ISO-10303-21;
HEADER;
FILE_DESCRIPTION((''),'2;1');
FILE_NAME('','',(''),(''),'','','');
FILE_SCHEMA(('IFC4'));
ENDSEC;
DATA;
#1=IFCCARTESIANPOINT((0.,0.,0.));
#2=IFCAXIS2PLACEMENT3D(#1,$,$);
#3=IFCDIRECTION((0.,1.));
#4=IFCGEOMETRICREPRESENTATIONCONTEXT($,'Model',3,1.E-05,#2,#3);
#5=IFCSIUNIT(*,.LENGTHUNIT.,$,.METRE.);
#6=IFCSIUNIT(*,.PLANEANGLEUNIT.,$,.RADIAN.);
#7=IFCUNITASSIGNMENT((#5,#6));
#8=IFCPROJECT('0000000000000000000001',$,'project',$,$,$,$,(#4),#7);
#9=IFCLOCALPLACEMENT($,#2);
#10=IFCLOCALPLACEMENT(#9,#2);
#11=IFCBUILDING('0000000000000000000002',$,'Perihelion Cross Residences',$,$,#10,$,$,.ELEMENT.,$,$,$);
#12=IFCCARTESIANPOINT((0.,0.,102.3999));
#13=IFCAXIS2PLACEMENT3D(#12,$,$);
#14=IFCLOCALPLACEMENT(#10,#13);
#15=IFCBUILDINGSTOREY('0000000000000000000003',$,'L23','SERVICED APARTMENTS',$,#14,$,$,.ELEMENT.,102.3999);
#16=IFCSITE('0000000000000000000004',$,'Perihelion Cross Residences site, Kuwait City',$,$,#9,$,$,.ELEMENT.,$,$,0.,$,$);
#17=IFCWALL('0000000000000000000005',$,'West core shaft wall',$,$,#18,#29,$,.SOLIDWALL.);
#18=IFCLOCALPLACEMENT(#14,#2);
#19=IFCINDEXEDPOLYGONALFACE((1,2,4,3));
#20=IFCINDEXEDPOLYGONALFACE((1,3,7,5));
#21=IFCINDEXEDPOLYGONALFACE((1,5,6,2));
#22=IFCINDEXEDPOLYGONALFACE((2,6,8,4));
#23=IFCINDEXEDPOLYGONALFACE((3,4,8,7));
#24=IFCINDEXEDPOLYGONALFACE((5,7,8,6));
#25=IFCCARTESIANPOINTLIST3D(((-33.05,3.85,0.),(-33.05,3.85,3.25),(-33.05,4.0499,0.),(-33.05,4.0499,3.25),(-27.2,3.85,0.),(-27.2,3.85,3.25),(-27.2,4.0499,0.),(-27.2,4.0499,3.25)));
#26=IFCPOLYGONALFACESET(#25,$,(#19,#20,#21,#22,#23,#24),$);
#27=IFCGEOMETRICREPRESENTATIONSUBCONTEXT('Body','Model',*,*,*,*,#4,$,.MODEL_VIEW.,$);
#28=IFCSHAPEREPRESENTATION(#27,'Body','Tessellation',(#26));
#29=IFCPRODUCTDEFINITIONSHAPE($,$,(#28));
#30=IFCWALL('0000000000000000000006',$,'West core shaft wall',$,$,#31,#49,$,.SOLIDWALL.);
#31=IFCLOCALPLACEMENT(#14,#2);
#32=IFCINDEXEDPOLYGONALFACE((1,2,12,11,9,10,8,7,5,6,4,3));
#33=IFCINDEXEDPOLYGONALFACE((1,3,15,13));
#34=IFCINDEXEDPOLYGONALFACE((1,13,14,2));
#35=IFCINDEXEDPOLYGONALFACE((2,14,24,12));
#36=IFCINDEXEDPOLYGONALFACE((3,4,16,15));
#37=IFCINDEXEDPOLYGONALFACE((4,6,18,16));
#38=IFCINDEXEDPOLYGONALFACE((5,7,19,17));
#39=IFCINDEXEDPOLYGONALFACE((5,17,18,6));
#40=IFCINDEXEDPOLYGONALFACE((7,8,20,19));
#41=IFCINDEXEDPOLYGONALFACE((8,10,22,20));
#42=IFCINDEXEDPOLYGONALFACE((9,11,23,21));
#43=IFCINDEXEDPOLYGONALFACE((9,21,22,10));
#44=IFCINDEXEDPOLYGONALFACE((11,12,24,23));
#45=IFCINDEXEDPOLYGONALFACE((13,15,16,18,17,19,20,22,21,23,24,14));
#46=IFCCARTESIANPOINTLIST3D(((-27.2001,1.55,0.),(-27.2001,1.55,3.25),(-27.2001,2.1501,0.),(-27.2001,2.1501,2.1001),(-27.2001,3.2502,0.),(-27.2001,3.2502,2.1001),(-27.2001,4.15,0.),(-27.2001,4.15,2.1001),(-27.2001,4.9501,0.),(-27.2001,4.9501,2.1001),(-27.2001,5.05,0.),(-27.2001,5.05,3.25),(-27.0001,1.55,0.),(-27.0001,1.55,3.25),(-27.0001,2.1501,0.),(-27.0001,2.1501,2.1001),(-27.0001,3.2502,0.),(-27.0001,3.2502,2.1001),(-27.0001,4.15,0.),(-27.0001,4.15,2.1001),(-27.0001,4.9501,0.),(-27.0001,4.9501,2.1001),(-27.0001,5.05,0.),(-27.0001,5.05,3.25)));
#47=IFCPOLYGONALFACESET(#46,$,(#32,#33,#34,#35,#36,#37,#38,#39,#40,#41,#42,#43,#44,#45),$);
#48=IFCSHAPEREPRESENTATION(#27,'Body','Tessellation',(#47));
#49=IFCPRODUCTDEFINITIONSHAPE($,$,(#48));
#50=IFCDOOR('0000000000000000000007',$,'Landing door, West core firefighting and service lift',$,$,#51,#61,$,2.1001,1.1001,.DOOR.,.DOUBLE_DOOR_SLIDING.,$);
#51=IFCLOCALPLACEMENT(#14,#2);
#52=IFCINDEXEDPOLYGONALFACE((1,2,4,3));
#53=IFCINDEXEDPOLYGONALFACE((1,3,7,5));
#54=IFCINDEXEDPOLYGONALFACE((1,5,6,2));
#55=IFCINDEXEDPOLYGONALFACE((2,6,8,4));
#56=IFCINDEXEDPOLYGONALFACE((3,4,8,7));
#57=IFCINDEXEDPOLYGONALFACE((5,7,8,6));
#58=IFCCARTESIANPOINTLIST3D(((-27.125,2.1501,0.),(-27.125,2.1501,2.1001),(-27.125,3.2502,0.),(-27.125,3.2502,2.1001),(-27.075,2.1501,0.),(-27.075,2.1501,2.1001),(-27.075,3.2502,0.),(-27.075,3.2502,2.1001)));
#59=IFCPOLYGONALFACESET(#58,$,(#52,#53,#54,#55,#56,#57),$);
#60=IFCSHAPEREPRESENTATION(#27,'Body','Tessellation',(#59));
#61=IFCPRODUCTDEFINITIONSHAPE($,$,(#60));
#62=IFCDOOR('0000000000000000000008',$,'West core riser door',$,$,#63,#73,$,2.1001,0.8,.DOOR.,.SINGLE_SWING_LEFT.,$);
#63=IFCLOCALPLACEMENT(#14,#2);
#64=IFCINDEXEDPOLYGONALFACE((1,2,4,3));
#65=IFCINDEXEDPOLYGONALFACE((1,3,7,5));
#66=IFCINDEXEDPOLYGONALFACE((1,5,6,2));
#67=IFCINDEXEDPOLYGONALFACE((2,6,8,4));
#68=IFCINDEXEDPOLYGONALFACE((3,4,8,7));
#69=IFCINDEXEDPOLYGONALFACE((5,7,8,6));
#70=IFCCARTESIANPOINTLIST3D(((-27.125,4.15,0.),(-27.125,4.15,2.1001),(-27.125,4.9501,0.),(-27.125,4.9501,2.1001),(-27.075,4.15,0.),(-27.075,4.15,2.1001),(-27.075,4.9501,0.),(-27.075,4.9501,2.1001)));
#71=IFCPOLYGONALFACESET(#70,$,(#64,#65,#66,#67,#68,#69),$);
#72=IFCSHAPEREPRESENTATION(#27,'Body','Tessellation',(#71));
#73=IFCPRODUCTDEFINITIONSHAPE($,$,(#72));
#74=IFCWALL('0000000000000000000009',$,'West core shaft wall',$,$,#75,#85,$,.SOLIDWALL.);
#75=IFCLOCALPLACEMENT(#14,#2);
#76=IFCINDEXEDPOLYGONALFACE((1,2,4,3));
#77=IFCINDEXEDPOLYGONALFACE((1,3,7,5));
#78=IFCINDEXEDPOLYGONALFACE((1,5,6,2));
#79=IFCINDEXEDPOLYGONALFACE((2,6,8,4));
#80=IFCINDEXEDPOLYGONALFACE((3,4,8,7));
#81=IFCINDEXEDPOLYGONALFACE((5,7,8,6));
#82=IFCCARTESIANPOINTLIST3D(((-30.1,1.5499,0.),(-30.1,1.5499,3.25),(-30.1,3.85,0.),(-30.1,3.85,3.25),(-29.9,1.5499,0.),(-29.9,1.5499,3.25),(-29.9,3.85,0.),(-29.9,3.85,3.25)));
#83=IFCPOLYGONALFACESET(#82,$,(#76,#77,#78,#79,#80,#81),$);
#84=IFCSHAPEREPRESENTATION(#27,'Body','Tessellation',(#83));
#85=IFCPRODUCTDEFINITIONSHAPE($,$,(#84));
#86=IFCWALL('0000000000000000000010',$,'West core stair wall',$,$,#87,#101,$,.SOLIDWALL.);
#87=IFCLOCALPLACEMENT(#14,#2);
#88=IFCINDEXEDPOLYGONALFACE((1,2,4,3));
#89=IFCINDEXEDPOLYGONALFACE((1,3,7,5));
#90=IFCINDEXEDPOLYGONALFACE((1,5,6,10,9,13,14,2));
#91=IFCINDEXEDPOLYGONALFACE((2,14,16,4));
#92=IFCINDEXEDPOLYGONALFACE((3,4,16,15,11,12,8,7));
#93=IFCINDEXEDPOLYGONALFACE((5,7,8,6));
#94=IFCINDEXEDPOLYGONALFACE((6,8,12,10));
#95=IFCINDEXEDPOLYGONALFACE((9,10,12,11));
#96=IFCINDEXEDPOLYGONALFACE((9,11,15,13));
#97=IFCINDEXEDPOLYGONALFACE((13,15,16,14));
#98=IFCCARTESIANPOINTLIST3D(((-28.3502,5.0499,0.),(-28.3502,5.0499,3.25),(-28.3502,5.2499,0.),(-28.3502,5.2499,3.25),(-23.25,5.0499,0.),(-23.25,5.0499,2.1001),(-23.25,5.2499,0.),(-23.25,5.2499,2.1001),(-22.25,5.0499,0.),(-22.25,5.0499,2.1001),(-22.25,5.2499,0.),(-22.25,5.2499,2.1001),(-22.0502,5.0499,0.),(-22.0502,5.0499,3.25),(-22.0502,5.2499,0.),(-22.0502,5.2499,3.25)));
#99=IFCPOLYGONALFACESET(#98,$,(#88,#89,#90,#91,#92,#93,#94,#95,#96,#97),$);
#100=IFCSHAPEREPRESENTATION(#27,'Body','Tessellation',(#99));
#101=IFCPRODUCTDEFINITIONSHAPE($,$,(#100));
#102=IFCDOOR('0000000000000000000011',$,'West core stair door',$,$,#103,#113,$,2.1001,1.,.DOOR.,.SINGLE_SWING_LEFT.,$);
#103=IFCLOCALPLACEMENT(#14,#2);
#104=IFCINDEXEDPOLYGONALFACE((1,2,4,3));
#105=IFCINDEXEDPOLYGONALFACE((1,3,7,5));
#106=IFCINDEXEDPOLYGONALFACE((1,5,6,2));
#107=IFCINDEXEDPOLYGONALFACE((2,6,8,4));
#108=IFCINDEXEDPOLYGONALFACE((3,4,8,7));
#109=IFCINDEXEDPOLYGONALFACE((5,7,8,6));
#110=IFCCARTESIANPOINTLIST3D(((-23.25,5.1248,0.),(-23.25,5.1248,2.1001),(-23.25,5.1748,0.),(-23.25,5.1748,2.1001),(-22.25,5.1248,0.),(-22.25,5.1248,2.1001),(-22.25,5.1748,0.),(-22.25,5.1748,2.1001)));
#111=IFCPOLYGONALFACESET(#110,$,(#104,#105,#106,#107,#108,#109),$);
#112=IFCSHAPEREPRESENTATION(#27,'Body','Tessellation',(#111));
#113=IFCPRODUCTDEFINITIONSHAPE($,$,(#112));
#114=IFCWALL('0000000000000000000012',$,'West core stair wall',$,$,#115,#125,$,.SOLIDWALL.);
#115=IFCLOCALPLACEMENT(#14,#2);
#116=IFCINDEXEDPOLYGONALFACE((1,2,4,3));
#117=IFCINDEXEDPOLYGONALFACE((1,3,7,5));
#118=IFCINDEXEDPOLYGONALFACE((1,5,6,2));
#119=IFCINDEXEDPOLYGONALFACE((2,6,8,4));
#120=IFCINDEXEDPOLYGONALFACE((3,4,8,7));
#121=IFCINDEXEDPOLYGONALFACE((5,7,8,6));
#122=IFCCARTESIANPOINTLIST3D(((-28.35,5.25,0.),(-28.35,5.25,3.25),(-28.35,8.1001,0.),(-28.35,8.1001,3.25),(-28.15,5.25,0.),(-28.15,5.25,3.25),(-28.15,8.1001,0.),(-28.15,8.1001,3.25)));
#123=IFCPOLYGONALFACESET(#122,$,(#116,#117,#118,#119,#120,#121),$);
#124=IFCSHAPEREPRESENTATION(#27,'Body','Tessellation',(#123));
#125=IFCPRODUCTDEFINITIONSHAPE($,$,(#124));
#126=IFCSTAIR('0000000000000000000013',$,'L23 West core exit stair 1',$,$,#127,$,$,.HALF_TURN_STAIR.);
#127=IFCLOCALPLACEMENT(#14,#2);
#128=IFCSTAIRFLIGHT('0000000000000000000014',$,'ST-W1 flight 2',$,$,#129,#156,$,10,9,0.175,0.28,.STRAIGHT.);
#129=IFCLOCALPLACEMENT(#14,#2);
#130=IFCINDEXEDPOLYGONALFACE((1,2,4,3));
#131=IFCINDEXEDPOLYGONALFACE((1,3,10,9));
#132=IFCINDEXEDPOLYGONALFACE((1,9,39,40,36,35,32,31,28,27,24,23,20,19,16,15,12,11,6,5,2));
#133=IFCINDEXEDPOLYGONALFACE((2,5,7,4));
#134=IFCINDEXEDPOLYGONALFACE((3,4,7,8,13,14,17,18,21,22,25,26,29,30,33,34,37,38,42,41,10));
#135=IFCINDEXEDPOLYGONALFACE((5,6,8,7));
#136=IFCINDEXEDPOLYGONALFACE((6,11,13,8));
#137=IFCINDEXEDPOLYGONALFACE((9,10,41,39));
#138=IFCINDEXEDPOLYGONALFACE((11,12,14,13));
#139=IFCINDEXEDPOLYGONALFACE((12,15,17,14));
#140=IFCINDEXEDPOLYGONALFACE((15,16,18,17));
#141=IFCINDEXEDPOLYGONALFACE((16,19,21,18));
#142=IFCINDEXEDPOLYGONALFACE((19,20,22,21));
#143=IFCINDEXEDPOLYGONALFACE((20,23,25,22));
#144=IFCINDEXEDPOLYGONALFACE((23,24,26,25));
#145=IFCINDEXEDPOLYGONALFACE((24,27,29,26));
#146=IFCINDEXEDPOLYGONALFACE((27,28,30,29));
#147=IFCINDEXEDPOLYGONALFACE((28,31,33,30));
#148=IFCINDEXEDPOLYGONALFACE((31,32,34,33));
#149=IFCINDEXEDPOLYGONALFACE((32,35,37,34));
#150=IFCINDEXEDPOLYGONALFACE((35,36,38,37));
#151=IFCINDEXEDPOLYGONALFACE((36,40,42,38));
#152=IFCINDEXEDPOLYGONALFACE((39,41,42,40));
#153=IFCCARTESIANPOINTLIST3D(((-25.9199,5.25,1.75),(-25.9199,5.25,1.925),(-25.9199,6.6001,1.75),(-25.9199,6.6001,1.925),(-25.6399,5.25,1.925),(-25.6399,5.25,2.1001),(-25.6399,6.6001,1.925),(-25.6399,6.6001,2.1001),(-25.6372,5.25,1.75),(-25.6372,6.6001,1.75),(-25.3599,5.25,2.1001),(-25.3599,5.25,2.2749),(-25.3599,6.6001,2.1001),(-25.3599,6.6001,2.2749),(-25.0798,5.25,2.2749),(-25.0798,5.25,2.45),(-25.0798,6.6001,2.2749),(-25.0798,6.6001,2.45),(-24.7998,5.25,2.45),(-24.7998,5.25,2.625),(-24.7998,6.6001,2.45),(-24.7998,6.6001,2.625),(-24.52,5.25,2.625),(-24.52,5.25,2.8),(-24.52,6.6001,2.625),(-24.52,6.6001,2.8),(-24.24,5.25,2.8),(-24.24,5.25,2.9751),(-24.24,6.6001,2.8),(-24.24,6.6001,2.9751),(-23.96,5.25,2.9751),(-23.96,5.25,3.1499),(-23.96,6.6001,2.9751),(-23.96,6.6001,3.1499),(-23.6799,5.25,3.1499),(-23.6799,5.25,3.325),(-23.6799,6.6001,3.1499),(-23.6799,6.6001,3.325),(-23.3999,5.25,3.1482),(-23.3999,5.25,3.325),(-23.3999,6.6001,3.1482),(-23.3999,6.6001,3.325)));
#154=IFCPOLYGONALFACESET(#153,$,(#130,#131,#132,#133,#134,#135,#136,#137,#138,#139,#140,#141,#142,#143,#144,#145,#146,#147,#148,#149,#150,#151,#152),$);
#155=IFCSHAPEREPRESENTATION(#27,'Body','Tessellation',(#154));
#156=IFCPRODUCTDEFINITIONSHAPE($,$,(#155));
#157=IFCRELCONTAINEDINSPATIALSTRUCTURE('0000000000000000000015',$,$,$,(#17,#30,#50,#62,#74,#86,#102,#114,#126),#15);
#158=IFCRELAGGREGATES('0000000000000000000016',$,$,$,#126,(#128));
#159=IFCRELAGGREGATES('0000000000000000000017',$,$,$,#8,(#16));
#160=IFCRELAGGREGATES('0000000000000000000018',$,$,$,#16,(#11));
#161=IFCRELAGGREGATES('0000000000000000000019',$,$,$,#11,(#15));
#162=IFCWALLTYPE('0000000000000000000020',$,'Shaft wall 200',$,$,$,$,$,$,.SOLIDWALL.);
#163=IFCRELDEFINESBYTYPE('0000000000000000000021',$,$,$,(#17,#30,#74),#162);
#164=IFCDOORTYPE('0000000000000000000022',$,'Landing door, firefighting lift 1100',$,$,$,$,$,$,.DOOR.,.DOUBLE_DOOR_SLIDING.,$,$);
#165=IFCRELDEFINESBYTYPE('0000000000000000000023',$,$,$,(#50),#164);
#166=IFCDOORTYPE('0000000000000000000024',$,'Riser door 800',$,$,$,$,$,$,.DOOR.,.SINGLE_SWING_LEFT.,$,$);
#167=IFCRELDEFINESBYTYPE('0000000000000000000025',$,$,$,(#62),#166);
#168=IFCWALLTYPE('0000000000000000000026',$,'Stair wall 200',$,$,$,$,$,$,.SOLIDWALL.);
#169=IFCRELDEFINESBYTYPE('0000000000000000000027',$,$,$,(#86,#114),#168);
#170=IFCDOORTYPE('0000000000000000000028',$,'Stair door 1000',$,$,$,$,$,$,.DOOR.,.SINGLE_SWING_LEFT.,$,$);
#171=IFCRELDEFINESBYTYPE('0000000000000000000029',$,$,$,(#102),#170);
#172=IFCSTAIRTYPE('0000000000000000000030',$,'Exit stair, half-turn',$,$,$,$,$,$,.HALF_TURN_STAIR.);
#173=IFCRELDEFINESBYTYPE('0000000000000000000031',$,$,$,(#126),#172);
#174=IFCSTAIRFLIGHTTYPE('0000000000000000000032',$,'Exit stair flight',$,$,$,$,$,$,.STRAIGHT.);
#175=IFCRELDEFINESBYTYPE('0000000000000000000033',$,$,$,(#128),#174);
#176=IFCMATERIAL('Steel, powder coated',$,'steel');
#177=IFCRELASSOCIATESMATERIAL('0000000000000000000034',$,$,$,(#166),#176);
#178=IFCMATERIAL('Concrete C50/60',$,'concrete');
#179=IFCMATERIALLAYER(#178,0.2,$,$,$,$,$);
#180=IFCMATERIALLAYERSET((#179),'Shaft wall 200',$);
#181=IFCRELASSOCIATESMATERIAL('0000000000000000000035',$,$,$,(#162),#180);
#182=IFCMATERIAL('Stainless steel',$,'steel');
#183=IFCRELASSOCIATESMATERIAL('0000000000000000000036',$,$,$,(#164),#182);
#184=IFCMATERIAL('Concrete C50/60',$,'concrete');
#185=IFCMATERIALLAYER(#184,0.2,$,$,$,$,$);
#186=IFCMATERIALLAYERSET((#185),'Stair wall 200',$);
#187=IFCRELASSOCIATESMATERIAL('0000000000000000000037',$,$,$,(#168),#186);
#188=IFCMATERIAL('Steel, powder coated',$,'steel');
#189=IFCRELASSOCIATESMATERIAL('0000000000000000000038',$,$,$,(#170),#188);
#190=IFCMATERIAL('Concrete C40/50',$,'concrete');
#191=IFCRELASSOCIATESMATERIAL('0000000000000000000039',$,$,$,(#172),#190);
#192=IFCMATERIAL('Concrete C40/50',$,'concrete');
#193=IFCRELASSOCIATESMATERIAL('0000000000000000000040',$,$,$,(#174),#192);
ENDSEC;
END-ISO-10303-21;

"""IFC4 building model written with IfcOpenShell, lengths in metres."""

from ifc_helpers import new_model, si_unit, direction, frame, frame_2d, origin, place, context, subcontext, project, spatial, polyline, rectangle, outline, extrude, material, layer, layer_set, type_object, element, fill, aggregate, save


model = new_model("IFC4")

# Units and contexts
model_context = context("Model", 3, precision=1e-05, world=origin(), true_north=direction((0.0, 1.0)))
body_context = subcontext(model_context, "Body", "Model", "MODEL_VIEW")
ifc_project = project(units=[si_unit("LENGTHUNIT", "METRE"), si_unit("PLANEANGLEUNIT", "RADIAN")], contexts=[model_context])

# Site, building, storey
site_placement = place(None, origin())
site = spatial("IfcSite", under=ifc_project, at=site_placement, Name="Perihelion Cross Residences site, Kuwait City", CompositionType="ELEMENT", RefElevation=0.0)
building_placement = place(site_placement, origin())
building = spatial("IfcBuilding", under=site, at=building_placement, Name="Perihelion Cross Residences", CompositionType="ELEMENT")
storey_placement = place(building_placement, frame((0.0, 0.0, 102.3999)))
storey = spatial("IfcBuildingStorey", under=building, at=storey_placement, Name="L23", Description="SERVICED APARTMENTS", CompositionType="ELEMENT", Elevation=102.3999)

# Shared definitions
ifc_material_1 = material(Name="Steel, powder coated", Category="steel")
door_type_1 = type_object("IfcDoorType", Name="Riser door 800", OperationType="SINGLE_SWING_LEFT", PredefinedType="DOOR", material=ifc_material_1)

# Shared definitions
ifc_material_2 = material(Name="Concrete C50/60", Category="concrete")
ifc_layer_1 = layer(ifc_material_2, 0.2)
ifc_layer_set_1 = layer_set([ifc_layer_1], Name="Shaft wall 200")
wall_type_1 = type_object("IfcWallType", Name="Shaft wall 200", PredefinedType="SOLIDWALL", material=ifc_layer_set_1)

# Wall
wall_1_placement = place(storey_placement, frame((-33.05, 3.95, 0.0), z_axis=(0.0, 0.0, 1.0), x_axis=(1.0, 0.0, 0.0)))
element("IfcWall", 1, at=wall_1_placement, inside=storey, type_object=wall_type_1, Name="West core shaft wall", PredefinedType="SOLIDWALL", context=body_context, shape_type="SweptSolid", body=[
    extrude(rectangle(XDim=5.8501, YDim=0.2, at=frame_2d((2.925, 0.0))), origin(), (0.0, 0.0, 1.0), 3.25),
])

# Wall, openings, doors
wall_2_placement = place(storey_placement, frame((-27.1001, 1.55, 0.0), z_axis=(0.0, 0.0, 1.0), x_axis=(0.0, 1.0, 0.0)))
wall_2 = element("IfcWall", 2, at=wall_2_placement, inside=storey, type_object=wall_type_1, Name="West core shaft wall", PredefinedType="SOLIDWALL", context=body_context, shape_type="SweptSolid", body=[
    extrude(rectangle(XDim=3.5, YDim=0.2, at=frame_2d((1.75, 0.0))), origin(), (0.0, 0.0, 1.0), 3.25),
])
opening_1_placement = place(wall_2_placement, frame((0.6001, 0.0, 0.0)))
opening_1 = element("IfcOpeningElement", 3, at=opening_1_placement, cuts=wall_2, PredefinedType="OPENING", context=body_context, shape_type="SweptSolid", body=[
    extrude(rectangle(XDim=1.1001, YDim=2.1001, at=frame_2d((0.55, 1.05))), frame((0.0, 0.1099, 0.0), z_axis=(0.0, -1.0, 0.0), x_axis=(1.0, 0.0, 0.0)), (0.0, 0.0, 1.0), 0.22),
])
opening_2_placement = place(wall_2_placement, frame((2.6001, 0.0, 0.0)))
opening_2 = element("IfcOpeningElement", 4, at=opening_2_placement, cuts=wall_2, PredefinedType="OPENING", context=body_context, shape_type="SweptSolid", body=[
    extrude(rectangle(XDim=0.8, YDim=2.1001, at=frame_2d((0.3999, 1.05))), frame((0.0, 0.1099, 0.0), z_axis=(0.0, -1.0, 0.0), x_axis=(1.0, 0.0, 0.0)), (0.0, 0.0, 1.0), 0.22),
])
ifc_material_3 = material(Name="Stainless steel", Category="steel")
door_type_2 = type_object("IfcDoorType", Name="Landing door, firefighting lift 1100", OperationType="DOUBLE_DOOR_SLIDING", PredefinedType="DOOR", material=ifc_material_3)
door_1_placement = place(opening_1_placement, origin())
door_1 = element("IfcDoor", 5, at=door_1_placement, inside=storey, type_object=door_type_2, Name="Landing door, West core firefighting and service lift", OperationType="DOUBLE_DOOR_SLIDING", OverallHeight=2.1001, OverallWidth=1.1001, PredefinedType="DOOR", context=body_context, shape_type="SweptSolid", body=[
    extrude(rectangle(XDim=1.1001, YDim=2.1001, at=frame_2d((0.55, 1.05))), frame((0.0, 0.0249, 0.0), z_axis=(0.0, -1.0, 0.0), x_axis=(1.0, 0.0, 0.0)), (0.0, 0.0, 1.0), 0.05),
])
fill(opening_1, door_1)
door_2_placement = place(opening_2_placement, origin())
door_2 = element("IfcDoor", 6, at=door_2_placement, inside=storey, type_object=door_type_1, Name="West core riser door", OperationType="SINGLE_SWING_LEFT", OverallHeight=2.1001, OverallWidth=0.8, PredefinedType="DOOR", context=body_context, shape_type="SweptSolid", body=[
    extrude(rectangle(XDim=0.8, YDim=2.1001, at=frame_2d((0.3999, 1.05))), frame((0.0, 0.0249, 0.0), z_axis=(0.0, -1.0, 0.0), x_axis=(1.0, 0.0, 0.0)), (0.0, 0.0, 1.0), 0.05),
])
fill(opening_2, door_2)

# Wall
wall_3_placement = place(storey_placement, frame((-30.0, 1.55, 0.0), z_axis=(0.0, 0.0, 1.0), x_axis=(0.0, 1.0, 0.0)))
element("IfcWall", 7, at=wall_3_placement, inside=storey, type_object=wall_type_1, Name="West core shaft wall", PredefinedType="SOLIDWALL", context=body_context, shape_type="SweptSolid", body=[
    extrude(rectangle(XDim=2.3, YDim=0.2, at=frame_2d((1.1499, 0.0))), origin(), (0.0, 0.0, 1.0), 3.25),
])

# Wall, opening, door
ifc_material_4 = material(Name="Concrete C50/60", Category="concrete")
ifc_layer_2 = layer(ifc_material_4, 0.2)
ifc_layer_set_2 = layer_set([ifc_layer_2], Name="Stair wall 200")
wall_type_2 = type_object("IfcWallType", Name="Stair wall 200", PredefinedType="SOLIDWALL", material=ifc_layer_set_2)
wall_4_placement = place(storey_placement, frame((-28.3501, 5.1499, 0.0), z_axis=(0.0, 0.0, 1.0), x_axis=(1.0, 0.0, 0.0)))
wall_4 = element("IfcWall", 8, at=wall_4_placement, inside=storey, type_object=wall_type_2, Name="West core stair wall", PredefinedType="SOLIDWALL", context=body_context, shape_type="SweptSolid", body=[
    extrude(rectangle(XDim=6.3, YDim=0.2, at=frame_2d((3.1499, 0.0))), origin(), (0.0, 0.0, 1.0), 3.25),
])
opening_3_placement = place(wall_4_placement, frame((5.1001, 0.0, 0.0)))
opening_3 = element("IfcOpeningElement", 9, at=opening_3_placement, cuts=wall_4, PredefinedType="OPENING", context=body_context, shape_type="SweptSolid", body=[
    extrude(rectangle(XDim=1.0, YDim=2.1001, at=frame_2d((0.5, 1.05))), frame((0.0, 0.1099, 0.0), z_axis=(0.0, -1.0, 0.0), x_axis=(1.0, 0.0, 0.0)), (0.0, 0.0, 1.0), 0.22),
])
ifc_material_5 = material(Name="Steel, powder coated", Category="steel")
door_type_3 = type_object("IfcDoorType", Name="Stair door 1000", OperationType="SINGLE_SWING_LEFT", PredefinedType="DOOR", material=ifc_material_5)
door_3_placement = place(opening_3_placement, origin())
door_3 = element("IfcDoor", 10, at=door_3_placement, inside=storey, type_object=door_type_3, Name="West core stair door", OperationType="SINGLE_SWING_LEFT", OverallHeight=2.1001, OverallWidth=1.0, PredefinedType="DOOR", context=body_context, shape_type="SweptSolid", body=[
    extrude(rectangle(XDim=1.0, YDim=2.1001, at=frame_2d((0.5, 1.05))), frame((0.0, 0.0249, 0.0), z_axis=(0.0, -1.0, 0.0), x_axis=(1.0, 0.0, 0.0)), (0.0, 0.0, 1.0), 0.05),
])
fill(opening_3, door_3)

# Wall
wall_5_placement = place(storey_placement, frame((-28.25, 5.25, 0.0), z_axis=(0.0, 0.0, 1.0), x_axis=(0.0, 1.0, 0.0)))
element("IfcWall", 11, at=wall_5_placement, inside=storey, type_object=wall_type_2, Name="West core stair wall", PredefinedType="SOLIDWALL", context=body_context, shape_type="SweptSolid", body=[
    extrude(rectangle(XDim=2.8501, YDim=0.2, at=frame_2d((1.425, 0.0))), origin(), (0.0, 0.0, 1.0), 3.25),
])

# Stair, stair flight
ifc_material_6 = material(Name="Concrete C40/50", Category="concrete")
stair_type = type_object("IfcStairType", Name="Exit stair, half-turn", PredefinedType="HALF_TURN_STAIR", material=ifc_material_6)
stair_placement = place(storey_placement, origin())
stair = element("IfcStair", 12, at=stair_placement, inside=storey, type_object=stair_type, Name="L23 West core exit stair 1", PredefinedType="HALF_TURN_STAIR")
ifc_material_7 = material(Name="Concrete C40/50", Category="concrete")
stair_flight_type = type_object("IfcStairFlightType", Name="Exit stair flight", PredefinedType="STRAIGHT", material=ifc_material_7)
stair_flight_placement = place(storey_placement, frame((-25.9199, 5.925, 1.75), z_axis=(0.0, 0.0, 1.0), x_axis=(1.0, 0.0, 0.0)))
stair_flight = element("IfcStairFlight", 13, at=stair_flight_placement, type_object=stair_flight_type, Name="ST-W1 flight 2", NumberOfRisers=10, NumberOfTreads=9, PredefinedType="STRAIGHT", RiserHeight=0.175, TreadLength=0.28, context=body_context, shape_type="SweptSolid", body=[
    extrude(outline(polyline([(0.0, 0.0), (0.0, 0.175), (0.28, 0.175), (0.28, 0.3501), (0.5601, 0.3501), (0.5601, 0.5249), (0.8401, 0.5249), (0.8401, 0.7), (1.1201, 0.7), (1.1201, 0.875), (1.3999, 0.875), (1.3999, 1.05), (1.6799, 1.05), (1.6799, 1.2251), (1.96, 1.2251), (1.96, 1.3999), (2.24, 1.3999), (2.24, 1.575), (2.52, 1.575), (2.52, 1.75), (2.52, 1.3982), (0.2827, 0.0), (0.0, 0.0)])), frame((0.0, 0.675, 0.0), z_axis=(0.0, -1.0, 0.0), x_axis=(1.0, 0.0, 0.0)), (0.0, 0.0, 1.0), 1.3501),
])
aggregate(stair, [stair_flight])

save(model, "model.ifc")
